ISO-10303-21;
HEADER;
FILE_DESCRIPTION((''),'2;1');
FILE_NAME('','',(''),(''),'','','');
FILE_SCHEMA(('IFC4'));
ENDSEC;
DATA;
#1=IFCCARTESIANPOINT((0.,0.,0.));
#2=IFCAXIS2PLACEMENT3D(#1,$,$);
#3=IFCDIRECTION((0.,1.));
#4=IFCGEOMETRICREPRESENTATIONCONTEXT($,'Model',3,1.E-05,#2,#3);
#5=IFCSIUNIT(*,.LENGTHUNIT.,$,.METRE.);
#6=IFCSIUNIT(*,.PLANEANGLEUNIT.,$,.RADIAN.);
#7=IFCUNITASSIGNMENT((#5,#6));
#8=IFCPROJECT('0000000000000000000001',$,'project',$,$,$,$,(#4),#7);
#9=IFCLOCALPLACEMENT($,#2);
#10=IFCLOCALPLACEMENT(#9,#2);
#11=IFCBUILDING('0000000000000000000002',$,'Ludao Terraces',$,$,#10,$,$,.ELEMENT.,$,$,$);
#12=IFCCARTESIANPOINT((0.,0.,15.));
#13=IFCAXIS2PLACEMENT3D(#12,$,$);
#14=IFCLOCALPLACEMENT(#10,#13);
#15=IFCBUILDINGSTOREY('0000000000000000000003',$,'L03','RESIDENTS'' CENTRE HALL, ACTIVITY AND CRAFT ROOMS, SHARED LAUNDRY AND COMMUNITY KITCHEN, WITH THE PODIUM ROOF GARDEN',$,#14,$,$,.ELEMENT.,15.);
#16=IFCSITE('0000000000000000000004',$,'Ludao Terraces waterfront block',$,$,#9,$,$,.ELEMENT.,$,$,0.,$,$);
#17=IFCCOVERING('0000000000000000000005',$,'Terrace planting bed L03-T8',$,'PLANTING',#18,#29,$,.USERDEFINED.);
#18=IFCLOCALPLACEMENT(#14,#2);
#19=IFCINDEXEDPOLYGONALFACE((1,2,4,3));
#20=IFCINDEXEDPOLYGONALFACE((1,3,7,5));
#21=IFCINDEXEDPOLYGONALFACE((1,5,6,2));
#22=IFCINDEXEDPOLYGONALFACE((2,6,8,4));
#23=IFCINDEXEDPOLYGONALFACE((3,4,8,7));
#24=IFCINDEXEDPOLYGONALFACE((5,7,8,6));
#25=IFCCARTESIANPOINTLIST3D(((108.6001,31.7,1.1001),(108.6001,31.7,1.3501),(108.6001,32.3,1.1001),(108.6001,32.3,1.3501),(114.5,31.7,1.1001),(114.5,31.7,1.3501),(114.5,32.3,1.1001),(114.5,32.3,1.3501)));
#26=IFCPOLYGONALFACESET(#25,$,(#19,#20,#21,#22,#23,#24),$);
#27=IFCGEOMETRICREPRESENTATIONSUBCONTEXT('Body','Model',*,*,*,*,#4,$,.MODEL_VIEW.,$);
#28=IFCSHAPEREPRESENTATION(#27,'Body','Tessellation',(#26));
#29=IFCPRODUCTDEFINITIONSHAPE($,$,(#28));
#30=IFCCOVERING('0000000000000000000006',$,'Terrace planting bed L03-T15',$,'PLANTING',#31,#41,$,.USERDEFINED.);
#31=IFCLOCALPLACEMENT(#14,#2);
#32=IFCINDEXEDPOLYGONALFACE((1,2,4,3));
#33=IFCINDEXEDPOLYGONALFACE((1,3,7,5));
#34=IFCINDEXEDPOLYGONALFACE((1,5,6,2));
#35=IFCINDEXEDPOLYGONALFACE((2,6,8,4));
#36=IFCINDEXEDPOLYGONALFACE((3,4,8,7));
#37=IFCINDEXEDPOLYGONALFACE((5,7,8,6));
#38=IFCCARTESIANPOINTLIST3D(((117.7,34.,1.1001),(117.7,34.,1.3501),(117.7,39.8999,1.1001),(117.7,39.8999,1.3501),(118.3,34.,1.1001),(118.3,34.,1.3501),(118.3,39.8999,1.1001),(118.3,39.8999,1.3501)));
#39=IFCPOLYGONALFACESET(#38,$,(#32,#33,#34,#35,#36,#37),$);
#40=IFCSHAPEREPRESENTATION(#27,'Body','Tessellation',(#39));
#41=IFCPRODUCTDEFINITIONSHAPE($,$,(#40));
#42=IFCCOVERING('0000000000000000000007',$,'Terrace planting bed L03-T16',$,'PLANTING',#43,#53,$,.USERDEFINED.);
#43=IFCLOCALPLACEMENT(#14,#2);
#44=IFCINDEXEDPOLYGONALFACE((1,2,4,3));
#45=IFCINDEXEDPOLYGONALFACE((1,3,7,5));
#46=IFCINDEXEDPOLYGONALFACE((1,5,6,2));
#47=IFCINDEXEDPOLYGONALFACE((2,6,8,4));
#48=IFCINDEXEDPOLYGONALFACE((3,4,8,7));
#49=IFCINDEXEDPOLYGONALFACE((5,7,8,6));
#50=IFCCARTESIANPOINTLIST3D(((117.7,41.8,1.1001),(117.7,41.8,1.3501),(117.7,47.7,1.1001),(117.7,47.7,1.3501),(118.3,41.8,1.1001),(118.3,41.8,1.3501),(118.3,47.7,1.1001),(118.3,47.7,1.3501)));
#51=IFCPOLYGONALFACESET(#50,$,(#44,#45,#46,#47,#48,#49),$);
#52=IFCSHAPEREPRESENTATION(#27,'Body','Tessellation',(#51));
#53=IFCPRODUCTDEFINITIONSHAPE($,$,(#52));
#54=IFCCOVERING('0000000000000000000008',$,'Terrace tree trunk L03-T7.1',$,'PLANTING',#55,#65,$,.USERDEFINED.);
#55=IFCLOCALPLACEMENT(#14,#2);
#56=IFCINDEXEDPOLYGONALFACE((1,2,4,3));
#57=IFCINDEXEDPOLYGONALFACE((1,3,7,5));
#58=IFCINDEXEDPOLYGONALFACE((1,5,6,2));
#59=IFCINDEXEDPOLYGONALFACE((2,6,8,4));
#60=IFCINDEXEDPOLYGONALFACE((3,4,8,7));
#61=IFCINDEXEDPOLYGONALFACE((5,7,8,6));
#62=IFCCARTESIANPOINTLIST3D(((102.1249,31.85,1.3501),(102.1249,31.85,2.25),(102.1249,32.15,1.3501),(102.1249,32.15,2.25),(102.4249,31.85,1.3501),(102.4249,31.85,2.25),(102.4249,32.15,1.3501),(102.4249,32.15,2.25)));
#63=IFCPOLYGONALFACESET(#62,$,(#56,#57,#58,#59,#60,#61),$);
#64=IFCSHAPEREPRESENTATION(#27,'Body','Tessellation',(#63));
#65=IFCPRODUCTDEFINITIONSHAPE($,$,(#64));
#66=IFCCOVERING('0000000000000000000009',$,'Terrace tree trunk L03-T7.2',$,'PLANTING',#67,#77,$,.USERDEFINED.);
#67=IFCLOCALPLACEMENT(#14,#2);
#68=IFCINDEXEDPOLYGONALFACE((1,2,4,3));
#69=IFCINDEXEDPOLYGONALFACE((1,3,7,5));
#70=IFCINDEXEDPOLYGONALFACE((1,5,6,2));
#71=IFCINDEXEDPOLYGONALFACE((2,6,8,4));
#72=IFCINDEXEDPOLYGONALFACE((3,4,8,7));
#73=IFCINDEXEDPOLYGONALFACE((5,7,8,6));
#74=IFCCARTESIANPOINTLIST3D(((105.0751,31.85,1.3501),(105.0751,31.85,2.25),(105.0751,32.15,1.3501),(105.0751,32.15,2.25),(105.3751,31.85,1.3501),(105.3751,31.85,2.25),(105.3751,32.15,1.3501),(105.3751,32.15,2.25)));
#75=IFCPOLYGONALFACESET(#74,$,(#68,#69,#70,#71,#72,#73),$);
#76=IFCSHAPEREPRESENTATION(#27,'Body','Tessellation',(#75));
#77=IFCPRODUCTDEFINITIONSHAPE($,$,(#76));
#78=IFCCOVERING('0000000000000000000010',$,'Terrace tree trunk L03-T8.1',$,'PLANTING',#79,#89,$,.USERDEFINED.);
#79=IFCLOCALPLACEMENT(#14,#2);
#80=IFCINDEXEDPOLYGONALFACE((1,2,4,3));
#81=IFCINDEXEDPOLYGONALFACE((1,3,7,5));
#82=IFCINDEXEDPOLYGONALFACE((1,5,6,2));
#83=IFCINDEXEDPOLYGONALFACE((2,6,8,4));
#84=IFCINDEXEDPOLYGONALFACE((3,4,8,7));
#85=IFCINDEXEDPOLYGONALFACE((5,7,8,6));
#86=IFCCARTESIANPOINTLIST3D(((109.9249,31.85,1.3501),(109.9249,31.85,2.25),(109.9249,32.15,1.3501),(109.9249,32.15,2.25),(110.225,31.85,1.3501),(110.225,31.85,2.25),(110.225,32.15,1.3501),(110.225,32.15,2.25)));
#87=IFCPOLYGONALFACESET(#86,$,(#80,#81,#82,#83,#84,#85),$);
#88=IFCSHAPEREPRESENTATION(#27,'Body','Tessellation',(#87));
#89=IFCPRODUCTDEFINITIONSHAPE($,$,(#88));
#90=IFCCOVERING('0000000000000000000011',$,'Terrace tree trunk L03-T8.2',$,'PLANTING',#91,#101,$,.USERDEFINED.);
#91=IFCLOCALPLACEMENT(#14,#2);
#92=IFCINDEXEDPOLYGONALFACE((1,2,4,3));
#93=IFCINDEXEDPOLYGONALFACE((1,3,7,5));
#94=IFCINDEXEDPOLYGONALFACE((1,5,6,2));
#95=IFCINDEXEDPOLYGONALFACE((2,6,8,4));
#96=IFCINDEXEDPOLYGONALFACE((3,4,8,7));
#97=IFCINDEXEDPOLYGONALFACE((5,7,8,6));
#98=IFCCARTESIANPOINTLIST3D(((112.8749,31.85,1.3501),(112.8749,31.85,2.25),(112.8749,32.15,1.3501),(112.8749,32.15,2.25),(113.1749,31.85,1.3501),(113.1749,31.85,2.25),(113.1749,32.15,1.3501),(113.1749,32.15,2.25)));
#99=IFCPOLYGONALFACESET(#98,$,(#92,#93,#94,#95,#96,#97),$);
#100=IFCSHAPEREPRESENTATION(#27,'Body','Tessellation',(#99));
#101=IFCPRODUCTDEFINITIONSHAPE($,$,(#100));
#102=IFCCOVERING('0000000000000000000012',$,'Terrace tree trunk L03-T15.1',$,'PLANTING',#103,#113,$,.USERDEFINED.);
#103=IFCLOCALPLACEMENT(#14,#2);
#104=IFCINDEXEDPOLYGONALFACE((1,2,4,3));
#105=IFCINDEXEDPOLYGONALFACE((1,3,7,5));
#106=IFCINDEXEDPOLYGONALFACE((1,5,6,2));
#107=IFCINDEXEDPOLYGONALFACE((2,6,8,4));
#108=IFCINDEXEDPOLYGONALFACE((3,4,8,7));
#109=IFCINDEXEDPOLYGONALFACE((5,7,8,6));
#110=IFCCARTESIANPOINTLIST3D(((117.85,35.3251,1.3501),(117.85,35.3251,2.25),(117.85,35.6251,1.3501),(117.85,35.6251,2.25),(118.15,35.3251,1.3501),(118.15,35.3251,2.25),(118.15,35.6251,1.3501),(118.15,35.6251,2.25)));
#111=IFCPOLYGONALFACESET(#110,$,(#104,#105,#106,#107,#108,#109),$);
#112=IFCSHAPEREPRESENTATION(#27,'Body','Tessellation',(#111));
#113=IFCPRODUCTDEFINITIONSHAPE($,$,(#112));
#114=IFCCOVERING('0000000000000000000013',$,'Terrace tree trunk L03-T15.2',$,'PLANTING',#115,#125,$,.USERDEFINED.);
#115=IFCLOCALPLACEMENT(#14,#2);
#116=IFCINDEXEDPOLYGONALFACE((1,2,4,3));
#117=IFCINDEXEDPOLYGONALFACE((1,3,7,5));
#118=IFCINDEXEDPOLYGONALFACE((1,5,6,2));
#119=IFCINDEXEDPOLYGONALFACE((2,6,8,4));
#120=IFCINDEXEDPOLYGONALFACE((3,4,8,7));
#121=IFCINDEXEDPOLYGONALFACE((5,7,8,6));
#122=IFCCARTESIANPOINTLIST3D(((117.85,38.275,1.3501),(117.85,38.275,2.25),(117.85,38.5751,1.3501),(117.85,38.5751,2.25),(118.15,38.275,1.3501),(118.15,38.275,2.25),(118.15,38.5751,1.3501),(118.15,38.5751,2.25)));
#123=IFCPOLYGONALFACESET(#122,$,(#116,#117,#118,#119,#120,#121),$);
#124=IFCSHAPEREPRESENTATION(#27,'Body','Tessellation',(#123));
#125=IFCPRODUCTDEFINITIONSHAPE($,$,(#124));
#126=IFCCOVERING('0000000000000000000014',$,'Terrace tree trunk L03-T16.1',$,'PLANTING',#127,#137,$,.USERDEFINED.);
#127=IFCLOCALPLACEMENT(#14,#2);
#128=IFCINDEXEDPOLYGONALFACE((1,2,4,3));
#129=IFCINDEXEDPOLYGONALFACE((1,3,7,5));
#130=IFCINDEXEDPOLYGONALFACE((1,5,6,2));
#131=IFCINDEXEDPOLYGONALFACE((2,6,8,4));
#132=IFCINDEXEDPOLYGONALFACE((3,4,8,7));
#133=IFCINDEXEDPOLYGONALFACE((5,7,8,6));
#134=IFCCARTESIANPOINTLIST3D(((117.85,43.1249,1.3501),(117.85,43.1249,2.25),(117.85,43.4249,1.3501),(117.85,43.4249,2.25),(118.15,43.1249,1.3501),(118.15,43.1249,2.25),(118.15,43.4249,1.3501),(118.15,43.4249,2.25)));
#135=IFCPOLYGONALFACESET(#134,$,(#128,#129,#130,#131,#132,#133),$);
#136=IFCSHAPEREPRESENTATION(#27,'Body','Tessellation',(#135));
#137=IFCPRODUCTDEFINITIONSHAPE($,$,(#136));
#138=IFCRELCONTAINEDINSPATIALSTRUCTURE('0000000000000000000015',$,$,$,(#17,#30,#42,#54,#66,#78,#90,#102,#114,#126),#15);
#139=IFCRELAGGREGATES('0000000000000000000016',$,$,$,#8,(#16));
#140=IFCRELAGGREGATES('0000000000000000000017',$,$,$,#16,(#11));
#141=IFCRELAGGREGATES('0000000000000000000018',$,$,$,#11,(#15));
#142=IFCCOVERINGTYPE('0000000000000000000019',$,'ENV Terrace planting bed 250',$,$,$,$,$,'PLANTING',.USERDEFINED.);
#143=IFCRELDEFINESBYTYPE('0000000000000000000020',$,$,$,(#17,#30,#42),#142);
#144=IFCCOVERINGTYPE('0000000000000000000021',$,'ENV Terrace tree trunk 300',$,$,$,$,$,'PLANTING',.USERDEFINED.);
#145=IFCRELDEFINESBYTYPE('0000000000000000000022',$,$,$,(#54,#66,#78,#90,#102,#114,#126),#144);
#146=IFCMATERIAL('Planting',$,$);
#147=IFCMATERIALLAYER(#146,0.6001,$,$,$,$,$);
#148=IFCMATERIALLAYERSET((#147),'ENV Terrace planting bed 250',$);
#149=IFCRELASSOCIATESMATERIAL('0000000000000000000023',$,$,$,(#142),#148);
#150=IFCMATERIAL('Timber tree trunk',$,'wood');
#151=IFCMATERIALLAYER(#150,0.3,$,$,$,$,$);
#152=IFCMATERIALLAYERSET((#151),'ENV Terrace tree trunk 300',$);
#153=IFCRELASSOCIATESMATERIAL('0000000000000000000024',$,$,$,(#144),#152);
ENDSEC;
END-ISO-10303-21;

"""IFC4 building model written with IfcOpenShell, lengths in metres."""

from ifc_helpers import new_model, si_unit, direction, frame, origin, origin_2d, place, context, subcontext, project, spatial, rectangle, extrude, material, layer, layer_set, type_object, element, save


model = new_model("IFC4")

# Units and contexts
model_context = context("Model", 3, precision=1e-05, world=origin(), true_north=direction((0.0, 1.0)))
body_context = subcontext(model_context, "Body", "Model", "MODEL_VIEW")
ifc_project = project(units=[si_unit("LENGTHUNIT", "METRE"), si_unit("PLANEANGLEUNIT", "RADIAN")], contexts=[model_context])

# Site, building, storey
site_placement = place(None, origin())
site = spatial("IfcSite", under=ifc_project, at=site_placement, Name="Ludao Terraces waterfront block", CompositionType="ELEMENT", RefElevation=0.0)
building_placement = place(site_placement, origin())
building = spatial("IfcBuilding", under=site, at=building_placement, Name="Ludao Terraces", CompositionType="ELEMENT")
storey_placement = place(building_placement, frame((0.0, 0.0, 15.0)))
storey = spatial("IfcBuildingStorey", under=building, at=storey_placement, Name="L03", Description="RESIDENTS' CENTRE HALL, ACTIVITY AND CRAFT ROOMS, SHARED LAUNDRY AND COMMUNITY KITCHEN, WITH THE PODIUM ROOF GARDEN", CompositionType="ELEMENT", Elevation=15.0)

# Coverings
ifc_material_1 = material(Name="Planting")
ifc_layer_1 = layer(ifc_material_1, 0.6001)
ifc_layer_set_1 = layer_set([ifc_layer_1], Name="ENV Terrace planting bed 250")
covering_type_1 = type_object("IfcCoveringType", Name="ENV Terrace planting bed 250", ElementType="PLANTING", PredefinedType="USERDEFINED", material=ifc_layer_set_1)
for number, where, z_axis, x_axis, name in (
    (1, (111.55, 32.0, 1.1001), (0.0, 0.0, 1.0), (1.0, 0.0, 0.0), "Terrace planting bed L03-T8"),
):
    element("IfcCovering", number, at=place(storey_placement, frame(where, z_axis=z_axis, x_axis=x_axis)), inside=storey, type_object=covering_type_1, Name=name, ObjectType="PLANTING", PredefinedType="USERDEFINED", context=body_context, shape_type="SweptSolid", body=[
        extrude(rectangle(XDim=5.8999, YDim=0.6001, at=origin_2d()), origin(), (0.0, 0.0, 1.0), 0.25),
    ])
for number, where, z_axis, x_axis, name in (
    (2, (118.0, 36.95, 1.1001), (0.0, 0.0, 1.0), (1.0, 0.0, 0.0), "Terrace planting bed L03-T15"),
    (3, (118.0, 44.75, 1.1001), (0.0, 0.0, 1.0), (1.0, 0.0, 0.0), "Terrace planting bed L03-T16"),
):
    element("IfcCovering", number, at=place(storey_placement, frame(where, z_axis=z_axis, x_axis=x_axis)), inside=storey, type_object=covering_type_1, Name=name, ObjectType="PLANTING", PredefinedType="USERDEFINED", context=body_context, shape_type="SweptSolid", body=[
        extrude(rectangle(XDim=0.6001, YDim=5.8999, at=origin_2d()), origin(), (0.0, 0.0, 1.0), 0.25),
    ])
ifc_material_2 = material(Name="Timber tree trunk", Category="wood")
ifc_layer_2 = layer(ifc_material_2, 0.3)
ifc_layer_set_2 = layer_set([ifc_layer_2], Name="ENV Terrace tree trunk 300")
covering_type_2 = type_object("IfcCoveringType", Name="ENV Terrace tree trunk 300", ElementType="PLANTING", PredefinedType="USERDEFINED", material=ifc_layer_set_2)
for number, where, z_axis, x_axis, name in (
    (4, (102.2749, 32.0, 1.3501), (0.0, 0.0, 1.0), (1.0, 0.0, 0.0), "Terrace tree trunk L03-T7.1"),
    (5, (105.2251, 32.0, 1.3501), (0.0, 0.0, 1.0), (1.0, 0.0, 0.0), "Terrace tree trunk L03-T7.2"),
    (6, (110.075, 32.0, 1.3501), (0.0, 0.0, 1.0), (1.0, 0.0, 0.0), "Terrace tree trunk L03-T8.1"),
    (7, (113.0249, 32.0, 1.3501), (0.0, 0.0, 1.0), (1.0, 0.0, 0.0), "Terrace tree trunk L03-T8.2"),
    (8, (118.0, 35.4751, 1.3501), (0.0, 0.0, 1.0), (1.0, 0.0, 0.0), "Terrace tree trunk L03-T15.1"),
    (9, (118.0, 38.425, 1.3501), (0.0, 0.0, 1.0), (1.0, 0.0, 0.0), "Terrace tree trunk L03-T15.2"),
    (10, (118.0, 43.2749, 1.3501), (0.0, 0.0, 1.0), (1.0, 0.0, 0.0), "Terrace tree trunk L03-T16.1"),
):
    element("IfcCovering", number, at=place(storey_placement, frame(where, z_axis=z_axis, x_axis=x_axis)), inside=storey, type_object=covering_type_2, Name=name, ObjectType="PLANTING", PredefinedType="USERDEFINED", context=body_context, shape_type="SweptSolid", body=[
        extrude(rectangle(XDim=0.3, YDim=0.3, at=origin_2d()), origin(), (0.0, 0.0, 1.0), 0.8999),
    ])

save(model, "model.ifc")
